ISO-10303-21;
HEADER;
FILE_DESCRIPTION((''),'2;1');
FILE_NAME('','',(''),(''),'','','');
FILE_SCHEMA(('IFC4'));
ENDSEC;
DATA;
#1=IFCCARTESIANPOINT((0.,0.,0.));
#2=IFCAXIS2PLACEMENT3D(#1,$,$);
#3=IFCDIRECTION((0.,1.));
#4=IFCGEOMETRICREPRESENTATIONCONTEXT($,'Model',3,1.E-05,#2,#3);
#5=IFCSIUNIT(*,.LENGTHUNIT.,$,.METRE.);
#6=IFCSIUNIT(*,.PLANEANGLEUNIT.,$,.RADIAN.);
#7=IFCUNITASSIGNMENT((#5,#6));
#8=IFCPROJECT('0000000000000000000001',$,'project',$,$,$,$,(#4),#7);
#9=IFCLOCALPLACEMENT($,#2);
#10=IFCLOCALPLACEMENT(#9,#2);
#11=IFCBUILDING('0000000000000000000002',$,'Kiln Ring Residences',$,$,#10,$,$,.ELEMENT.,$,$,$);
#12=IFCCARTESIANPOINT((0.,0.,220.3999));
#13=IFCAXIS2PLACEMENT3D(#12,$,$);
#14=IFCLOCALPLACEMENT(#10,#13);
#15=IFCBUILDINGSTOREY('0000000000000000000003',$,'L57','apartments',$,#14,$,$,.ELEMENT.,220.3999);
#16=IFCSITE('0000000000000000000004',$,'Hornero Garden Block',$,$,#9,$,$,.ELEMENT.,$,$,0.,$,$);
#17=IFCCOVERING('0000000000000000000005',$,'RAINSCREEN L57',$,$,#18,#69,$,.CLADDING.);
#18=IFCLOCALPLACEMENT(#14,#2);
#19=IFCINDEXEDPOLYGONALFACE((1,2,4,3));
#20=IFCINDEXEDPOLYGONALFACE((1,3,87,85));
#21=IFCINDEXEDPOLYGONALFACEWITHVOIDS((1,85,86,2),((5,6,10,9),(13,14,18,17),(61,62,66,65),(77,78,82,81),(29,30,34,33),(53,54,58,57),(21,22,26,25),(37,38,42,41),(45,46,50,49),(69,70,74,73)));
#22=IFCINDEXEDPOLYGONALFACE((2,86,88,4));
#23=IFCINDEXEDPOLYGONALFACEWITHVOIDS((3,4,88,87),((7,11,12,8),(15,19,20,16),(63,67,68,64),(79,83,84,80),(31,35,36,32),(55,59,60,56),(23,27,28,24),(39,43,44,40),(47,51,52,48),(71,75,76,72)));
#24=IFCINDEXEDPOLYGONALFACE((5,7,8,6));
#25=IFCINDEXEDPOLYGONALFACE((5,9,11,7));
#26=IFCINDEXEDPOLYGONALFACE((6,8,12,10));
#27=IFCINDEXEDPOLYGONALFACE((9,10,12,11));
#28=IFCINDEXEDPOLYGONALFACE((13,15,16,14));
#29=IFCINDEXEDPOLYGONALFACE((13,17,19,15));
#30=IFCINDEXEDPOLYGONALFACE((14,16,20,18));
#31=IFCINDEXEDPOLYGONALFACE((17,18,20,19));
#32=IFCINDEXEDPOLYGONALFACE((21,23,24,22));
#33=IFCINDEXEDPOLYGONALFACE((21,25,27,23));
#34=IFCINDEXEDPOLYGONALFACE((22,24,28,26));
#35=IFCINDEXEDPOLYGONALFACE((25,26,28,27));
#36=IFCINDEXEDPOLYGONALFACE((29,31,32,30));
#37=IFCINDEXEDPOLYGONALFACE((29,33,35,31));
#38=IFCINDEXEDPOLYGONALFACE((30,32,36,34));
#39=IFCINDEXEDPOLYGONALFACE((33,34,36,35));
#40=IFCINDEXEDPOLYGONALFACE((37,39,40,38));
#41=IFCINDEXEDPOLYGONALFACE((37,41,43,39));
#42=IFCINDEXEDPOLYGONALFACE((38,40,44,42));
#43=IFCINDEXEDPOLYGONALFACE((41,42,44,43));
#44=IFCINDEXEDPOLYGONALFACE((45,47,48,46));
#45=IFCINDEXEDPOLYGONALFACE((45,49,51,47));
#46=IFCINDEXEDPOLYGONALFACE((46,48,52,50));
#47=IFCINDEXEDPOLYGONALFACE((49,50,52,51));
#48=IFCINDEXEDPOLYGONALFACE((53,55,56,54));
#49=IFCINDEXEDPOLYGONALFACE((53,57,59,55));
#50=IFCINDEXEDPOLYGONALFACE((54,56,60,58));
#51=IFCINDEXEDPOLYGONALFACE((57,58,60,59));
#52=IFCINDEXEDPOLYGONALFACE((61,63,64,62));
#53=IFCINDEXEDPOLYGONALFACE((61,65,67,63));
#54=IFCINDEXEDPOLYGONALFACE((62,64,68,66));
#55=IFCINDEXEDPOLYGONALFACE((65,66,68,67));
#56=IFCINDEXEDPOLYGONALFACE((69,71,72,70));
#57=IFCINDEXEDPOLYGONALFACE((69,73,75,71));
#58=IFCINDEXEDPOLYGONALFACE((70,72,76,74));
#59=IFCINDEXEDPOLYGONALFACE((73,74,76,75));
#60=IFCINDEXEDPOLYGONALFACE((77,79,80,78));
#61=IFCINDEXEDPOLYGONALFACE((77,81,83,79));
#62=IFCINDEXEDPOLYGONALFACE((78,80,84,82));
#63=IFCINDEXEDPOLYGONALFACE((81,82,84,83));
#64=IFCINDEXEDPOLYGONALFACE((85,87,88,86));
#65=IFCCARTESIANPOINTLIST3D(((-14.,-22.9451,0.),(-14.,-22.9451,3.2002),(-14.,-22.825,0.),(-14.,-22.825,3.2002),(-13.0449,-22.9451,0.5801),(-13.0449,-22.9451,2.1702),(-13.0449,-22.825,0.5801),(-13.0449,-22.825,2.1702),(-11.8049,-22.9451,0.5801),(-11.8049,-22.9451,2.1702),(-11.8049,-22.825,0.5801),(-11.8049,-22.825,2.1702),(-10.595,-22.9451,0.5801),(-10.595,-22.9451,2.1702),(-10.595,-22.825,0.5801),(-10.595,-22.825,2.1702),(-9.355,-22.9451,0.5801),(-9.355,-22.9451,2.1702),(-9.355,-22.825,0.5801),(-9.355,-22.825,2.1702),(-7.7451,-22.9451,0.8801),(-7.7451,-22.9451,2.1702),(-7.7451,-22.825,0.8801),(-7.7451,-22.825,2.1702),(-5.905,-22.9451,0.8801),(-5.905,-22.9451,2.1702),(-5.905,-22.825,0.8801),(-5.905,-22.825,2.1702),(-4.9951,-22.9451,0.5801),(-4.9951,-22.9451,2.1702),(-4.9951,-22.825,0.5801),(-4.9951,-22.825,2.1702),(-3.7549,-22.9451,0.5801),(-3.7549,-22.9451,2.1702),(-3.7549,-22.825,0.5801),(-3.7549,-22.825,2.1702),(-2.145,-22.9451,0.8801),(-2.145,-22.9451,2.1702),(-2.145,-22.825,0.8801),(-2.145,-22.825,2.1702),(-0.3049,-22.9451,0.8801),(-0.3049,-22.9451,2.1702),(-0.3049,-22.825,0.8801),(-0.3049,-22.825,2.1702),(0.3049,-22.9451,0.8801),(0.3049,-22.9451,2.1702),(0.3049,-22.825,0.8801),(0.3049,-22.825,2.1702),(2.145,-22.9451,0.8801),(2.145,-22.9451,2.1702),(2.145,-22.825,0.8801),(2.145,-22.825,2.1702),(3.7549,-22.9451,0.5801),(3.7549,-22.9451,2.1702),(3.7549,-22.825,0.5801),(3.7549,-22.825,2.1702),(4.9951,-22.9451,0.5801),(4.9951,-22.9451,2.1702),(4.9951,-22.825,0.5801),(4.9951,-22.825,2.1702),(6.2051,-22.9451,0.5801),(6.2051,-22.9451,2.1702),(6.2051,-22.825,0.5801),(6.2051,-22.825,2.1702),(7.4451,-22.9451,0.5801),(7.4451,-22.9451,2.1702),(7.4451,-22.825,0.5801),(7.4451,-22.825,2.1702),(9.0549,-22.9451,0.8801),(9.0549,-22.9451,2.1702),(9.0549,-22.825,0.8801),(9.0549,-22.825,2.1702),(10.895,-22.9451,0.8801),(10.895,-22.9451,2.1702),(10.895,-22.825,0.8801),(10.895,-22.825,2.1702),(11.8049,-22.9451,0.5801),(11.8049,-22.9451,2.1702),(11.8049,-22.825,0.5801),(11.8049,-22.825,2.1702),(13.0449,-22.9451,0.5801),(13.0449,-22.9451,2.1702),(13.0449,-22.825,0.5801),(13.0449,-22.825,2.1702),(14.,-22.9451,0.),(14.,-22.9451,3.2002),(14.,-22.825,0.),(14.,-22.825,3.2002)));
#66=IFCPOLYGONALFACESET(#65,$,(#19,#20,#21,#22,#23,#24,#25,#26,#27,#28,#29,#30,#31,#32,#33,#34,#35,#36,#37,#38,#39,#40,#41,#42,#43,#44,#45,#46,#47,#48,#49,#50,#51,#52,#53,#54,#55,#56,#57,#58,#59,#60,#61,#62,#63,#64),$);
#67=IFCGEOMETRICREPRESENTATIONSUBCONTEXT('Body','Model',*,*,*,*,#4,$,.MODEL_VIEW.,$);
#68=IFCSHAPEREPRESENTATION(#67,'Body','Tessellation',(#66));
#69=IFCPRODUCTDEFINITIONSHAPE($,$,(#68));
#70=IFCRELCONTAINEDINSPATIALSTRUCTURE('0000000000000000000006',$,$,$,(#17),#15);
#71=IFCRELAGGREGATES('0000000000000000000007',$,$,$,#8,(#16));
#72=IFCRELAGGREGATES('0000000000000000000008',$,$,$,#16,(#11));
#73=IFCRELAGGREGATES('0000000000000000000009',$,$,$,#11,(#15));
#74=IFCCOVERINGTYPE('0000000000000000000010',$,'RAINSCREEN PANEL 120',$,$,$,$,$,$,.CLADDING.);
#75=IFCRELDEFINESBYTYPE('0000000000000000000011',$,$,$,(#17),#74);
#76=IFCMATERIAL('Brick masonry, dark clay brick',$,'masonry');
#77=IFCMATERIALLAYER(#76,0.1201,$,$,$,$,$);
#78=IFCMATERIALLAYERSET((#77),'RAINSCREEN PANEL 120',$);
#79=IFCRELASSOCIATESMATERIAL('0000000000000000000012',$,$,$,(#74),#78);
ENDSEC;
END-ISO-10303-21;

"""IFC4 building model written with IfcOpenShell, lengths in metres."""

from ifc_helpers import new_model, si_unit, direction, frame, origin, place, context, subcontext, project, spatial, polyline, outline, extrude, material, layer, layer_set, type_object, element, save


model = new_model("IFC4")

# Units and contexts
model_context = context("Model", 3, precision=1e-05, world=origin(), true_north=direction((0.0, 1.0)))
body_context = subcontext(model_context, "Body", "Model", "MODEL_VIEW")
ifc_project = project(units=[si_unit("LENGTHUNIT", "METRE"), si_unit("PLANEANGLEUNIT", "RADIAN")], contexts=[model_context])

# Site, building, storey
site_placement = place(None, origin())
site = spatial("IfcSite", under=ifc_project, at=site_placement, Name="Hornero Garden Block", CompositionType="ELEMENT", RefElevation=0.0)
building_placement = place(site_placement, origin())
building = spatial("IfcBuilding", under=site, at=building_placement, Name="Kiln Ring Residences", CompositionType="ELEMENT")
storey_placement = place(building_placement, frame((0.0, 0.0, 220.3999)))
storey = spatial("IfcBuildingStorey", under=building, at=storey_placement, Name="L57", Description="apartments", CompositionType="ELEMENT", Elevation=220.3999)

# Covering
ifc_material_1 = material(Name="Brick masonry, dark clay brick", Category="masonry")
ifc_layer_1 = layer(ifc_material_1, 0.1201)
ifc_layer_set_1 = layer_set([ifc_layer_1], Name="RAINSCREEN PANEL 120")
covering_type = type_object("IfcCoveringType", Name="RAINSCREEN PANEL 120", PredefinedType="CLADDING", material=ifc_layer_set_1)
covering_placement = place(storey_placement, frame((-14.0, -22.885, 0.0), z_axis=(0.0, 0.0, 1.0), x_axis=(1.0, 0.0, 0.0)))
element("IfcCovering", 1, at=covering_placement, inside=storey, type_object=covering_type, Name="RAINSCREEN L57", PredefinedType="CLADDING", context=body_context, shape_type="SweptSolid", body=[
    extrude(outline(polyline([(0.0, 0.0), (28.0, 0.0), (28.0, 3.2002), (0.0, 3.2002), (0.0, 0.0)]), holes=[polyline([(0.9551, 0.5801), (2.1951, 0.5801), (2.1951, 2.1702), (0.9551, 2.1702), (0.9551, 0.5801)]), polyline([(3.405, 0.5801), (4.645, 0.5801), (4.645, 2.1702), (3.405, 2.1702), (3.405, 0.5801)]), polyline([(9.0049, 0.5801), (10.2451, 0.5801), (10.2451, 2.1702), (9.0049, 2.1702), (9.0049, 0.5801)]), polyline([(17.7549, 2.1702), (17.7549, 0.5801), (18.9951, 0.5801), (18.9951, 2.1702), (17.7549, 2.1702)]), polyline([(20.2051, 2.1702), (20.2051, 0.5801), (21.4451, 0.5801), (21.4451, 2.1702), (20.2051, 2.1702)]), polyline([(25.8049, 0.5801), (27.0449, 0.5801), (27.0449, 2.1702), (25.8049, 2.1702), (25.8049, 0.5801)]), polyline([(6.2549, 0.8801), (8.095, 0.8801), (8.095, 2.1702), (6.2549, 2.1702), (6.2549, 0.8801)]), polyline([(11.855, 0.8801), (13.6951, 0.8801), (13.6951, 2.1702), (11.855, 2.1702), (11.855, 0.8801)]), polyline([(14.3049, 2.1702), (14.3049, 0.8801), (16.145, 0.8801), (16.145, 2.1702), (14.3049, 2.1702)]), polyline([(23.0549, 2.1702), (23.0549, 0.8801), (24.895, 0.8801), (24.895, 2.1702), (23.0549, 2.1702)])]), frame((0.0, 0.0601, 0.0), z_axis=(0.0, -1.0, 0.0), x_axis=(1.0, 0.0, 0.0)), (0.0, 0.0, 1.0), 0.1201),
])

save(model, "model.ifc")
